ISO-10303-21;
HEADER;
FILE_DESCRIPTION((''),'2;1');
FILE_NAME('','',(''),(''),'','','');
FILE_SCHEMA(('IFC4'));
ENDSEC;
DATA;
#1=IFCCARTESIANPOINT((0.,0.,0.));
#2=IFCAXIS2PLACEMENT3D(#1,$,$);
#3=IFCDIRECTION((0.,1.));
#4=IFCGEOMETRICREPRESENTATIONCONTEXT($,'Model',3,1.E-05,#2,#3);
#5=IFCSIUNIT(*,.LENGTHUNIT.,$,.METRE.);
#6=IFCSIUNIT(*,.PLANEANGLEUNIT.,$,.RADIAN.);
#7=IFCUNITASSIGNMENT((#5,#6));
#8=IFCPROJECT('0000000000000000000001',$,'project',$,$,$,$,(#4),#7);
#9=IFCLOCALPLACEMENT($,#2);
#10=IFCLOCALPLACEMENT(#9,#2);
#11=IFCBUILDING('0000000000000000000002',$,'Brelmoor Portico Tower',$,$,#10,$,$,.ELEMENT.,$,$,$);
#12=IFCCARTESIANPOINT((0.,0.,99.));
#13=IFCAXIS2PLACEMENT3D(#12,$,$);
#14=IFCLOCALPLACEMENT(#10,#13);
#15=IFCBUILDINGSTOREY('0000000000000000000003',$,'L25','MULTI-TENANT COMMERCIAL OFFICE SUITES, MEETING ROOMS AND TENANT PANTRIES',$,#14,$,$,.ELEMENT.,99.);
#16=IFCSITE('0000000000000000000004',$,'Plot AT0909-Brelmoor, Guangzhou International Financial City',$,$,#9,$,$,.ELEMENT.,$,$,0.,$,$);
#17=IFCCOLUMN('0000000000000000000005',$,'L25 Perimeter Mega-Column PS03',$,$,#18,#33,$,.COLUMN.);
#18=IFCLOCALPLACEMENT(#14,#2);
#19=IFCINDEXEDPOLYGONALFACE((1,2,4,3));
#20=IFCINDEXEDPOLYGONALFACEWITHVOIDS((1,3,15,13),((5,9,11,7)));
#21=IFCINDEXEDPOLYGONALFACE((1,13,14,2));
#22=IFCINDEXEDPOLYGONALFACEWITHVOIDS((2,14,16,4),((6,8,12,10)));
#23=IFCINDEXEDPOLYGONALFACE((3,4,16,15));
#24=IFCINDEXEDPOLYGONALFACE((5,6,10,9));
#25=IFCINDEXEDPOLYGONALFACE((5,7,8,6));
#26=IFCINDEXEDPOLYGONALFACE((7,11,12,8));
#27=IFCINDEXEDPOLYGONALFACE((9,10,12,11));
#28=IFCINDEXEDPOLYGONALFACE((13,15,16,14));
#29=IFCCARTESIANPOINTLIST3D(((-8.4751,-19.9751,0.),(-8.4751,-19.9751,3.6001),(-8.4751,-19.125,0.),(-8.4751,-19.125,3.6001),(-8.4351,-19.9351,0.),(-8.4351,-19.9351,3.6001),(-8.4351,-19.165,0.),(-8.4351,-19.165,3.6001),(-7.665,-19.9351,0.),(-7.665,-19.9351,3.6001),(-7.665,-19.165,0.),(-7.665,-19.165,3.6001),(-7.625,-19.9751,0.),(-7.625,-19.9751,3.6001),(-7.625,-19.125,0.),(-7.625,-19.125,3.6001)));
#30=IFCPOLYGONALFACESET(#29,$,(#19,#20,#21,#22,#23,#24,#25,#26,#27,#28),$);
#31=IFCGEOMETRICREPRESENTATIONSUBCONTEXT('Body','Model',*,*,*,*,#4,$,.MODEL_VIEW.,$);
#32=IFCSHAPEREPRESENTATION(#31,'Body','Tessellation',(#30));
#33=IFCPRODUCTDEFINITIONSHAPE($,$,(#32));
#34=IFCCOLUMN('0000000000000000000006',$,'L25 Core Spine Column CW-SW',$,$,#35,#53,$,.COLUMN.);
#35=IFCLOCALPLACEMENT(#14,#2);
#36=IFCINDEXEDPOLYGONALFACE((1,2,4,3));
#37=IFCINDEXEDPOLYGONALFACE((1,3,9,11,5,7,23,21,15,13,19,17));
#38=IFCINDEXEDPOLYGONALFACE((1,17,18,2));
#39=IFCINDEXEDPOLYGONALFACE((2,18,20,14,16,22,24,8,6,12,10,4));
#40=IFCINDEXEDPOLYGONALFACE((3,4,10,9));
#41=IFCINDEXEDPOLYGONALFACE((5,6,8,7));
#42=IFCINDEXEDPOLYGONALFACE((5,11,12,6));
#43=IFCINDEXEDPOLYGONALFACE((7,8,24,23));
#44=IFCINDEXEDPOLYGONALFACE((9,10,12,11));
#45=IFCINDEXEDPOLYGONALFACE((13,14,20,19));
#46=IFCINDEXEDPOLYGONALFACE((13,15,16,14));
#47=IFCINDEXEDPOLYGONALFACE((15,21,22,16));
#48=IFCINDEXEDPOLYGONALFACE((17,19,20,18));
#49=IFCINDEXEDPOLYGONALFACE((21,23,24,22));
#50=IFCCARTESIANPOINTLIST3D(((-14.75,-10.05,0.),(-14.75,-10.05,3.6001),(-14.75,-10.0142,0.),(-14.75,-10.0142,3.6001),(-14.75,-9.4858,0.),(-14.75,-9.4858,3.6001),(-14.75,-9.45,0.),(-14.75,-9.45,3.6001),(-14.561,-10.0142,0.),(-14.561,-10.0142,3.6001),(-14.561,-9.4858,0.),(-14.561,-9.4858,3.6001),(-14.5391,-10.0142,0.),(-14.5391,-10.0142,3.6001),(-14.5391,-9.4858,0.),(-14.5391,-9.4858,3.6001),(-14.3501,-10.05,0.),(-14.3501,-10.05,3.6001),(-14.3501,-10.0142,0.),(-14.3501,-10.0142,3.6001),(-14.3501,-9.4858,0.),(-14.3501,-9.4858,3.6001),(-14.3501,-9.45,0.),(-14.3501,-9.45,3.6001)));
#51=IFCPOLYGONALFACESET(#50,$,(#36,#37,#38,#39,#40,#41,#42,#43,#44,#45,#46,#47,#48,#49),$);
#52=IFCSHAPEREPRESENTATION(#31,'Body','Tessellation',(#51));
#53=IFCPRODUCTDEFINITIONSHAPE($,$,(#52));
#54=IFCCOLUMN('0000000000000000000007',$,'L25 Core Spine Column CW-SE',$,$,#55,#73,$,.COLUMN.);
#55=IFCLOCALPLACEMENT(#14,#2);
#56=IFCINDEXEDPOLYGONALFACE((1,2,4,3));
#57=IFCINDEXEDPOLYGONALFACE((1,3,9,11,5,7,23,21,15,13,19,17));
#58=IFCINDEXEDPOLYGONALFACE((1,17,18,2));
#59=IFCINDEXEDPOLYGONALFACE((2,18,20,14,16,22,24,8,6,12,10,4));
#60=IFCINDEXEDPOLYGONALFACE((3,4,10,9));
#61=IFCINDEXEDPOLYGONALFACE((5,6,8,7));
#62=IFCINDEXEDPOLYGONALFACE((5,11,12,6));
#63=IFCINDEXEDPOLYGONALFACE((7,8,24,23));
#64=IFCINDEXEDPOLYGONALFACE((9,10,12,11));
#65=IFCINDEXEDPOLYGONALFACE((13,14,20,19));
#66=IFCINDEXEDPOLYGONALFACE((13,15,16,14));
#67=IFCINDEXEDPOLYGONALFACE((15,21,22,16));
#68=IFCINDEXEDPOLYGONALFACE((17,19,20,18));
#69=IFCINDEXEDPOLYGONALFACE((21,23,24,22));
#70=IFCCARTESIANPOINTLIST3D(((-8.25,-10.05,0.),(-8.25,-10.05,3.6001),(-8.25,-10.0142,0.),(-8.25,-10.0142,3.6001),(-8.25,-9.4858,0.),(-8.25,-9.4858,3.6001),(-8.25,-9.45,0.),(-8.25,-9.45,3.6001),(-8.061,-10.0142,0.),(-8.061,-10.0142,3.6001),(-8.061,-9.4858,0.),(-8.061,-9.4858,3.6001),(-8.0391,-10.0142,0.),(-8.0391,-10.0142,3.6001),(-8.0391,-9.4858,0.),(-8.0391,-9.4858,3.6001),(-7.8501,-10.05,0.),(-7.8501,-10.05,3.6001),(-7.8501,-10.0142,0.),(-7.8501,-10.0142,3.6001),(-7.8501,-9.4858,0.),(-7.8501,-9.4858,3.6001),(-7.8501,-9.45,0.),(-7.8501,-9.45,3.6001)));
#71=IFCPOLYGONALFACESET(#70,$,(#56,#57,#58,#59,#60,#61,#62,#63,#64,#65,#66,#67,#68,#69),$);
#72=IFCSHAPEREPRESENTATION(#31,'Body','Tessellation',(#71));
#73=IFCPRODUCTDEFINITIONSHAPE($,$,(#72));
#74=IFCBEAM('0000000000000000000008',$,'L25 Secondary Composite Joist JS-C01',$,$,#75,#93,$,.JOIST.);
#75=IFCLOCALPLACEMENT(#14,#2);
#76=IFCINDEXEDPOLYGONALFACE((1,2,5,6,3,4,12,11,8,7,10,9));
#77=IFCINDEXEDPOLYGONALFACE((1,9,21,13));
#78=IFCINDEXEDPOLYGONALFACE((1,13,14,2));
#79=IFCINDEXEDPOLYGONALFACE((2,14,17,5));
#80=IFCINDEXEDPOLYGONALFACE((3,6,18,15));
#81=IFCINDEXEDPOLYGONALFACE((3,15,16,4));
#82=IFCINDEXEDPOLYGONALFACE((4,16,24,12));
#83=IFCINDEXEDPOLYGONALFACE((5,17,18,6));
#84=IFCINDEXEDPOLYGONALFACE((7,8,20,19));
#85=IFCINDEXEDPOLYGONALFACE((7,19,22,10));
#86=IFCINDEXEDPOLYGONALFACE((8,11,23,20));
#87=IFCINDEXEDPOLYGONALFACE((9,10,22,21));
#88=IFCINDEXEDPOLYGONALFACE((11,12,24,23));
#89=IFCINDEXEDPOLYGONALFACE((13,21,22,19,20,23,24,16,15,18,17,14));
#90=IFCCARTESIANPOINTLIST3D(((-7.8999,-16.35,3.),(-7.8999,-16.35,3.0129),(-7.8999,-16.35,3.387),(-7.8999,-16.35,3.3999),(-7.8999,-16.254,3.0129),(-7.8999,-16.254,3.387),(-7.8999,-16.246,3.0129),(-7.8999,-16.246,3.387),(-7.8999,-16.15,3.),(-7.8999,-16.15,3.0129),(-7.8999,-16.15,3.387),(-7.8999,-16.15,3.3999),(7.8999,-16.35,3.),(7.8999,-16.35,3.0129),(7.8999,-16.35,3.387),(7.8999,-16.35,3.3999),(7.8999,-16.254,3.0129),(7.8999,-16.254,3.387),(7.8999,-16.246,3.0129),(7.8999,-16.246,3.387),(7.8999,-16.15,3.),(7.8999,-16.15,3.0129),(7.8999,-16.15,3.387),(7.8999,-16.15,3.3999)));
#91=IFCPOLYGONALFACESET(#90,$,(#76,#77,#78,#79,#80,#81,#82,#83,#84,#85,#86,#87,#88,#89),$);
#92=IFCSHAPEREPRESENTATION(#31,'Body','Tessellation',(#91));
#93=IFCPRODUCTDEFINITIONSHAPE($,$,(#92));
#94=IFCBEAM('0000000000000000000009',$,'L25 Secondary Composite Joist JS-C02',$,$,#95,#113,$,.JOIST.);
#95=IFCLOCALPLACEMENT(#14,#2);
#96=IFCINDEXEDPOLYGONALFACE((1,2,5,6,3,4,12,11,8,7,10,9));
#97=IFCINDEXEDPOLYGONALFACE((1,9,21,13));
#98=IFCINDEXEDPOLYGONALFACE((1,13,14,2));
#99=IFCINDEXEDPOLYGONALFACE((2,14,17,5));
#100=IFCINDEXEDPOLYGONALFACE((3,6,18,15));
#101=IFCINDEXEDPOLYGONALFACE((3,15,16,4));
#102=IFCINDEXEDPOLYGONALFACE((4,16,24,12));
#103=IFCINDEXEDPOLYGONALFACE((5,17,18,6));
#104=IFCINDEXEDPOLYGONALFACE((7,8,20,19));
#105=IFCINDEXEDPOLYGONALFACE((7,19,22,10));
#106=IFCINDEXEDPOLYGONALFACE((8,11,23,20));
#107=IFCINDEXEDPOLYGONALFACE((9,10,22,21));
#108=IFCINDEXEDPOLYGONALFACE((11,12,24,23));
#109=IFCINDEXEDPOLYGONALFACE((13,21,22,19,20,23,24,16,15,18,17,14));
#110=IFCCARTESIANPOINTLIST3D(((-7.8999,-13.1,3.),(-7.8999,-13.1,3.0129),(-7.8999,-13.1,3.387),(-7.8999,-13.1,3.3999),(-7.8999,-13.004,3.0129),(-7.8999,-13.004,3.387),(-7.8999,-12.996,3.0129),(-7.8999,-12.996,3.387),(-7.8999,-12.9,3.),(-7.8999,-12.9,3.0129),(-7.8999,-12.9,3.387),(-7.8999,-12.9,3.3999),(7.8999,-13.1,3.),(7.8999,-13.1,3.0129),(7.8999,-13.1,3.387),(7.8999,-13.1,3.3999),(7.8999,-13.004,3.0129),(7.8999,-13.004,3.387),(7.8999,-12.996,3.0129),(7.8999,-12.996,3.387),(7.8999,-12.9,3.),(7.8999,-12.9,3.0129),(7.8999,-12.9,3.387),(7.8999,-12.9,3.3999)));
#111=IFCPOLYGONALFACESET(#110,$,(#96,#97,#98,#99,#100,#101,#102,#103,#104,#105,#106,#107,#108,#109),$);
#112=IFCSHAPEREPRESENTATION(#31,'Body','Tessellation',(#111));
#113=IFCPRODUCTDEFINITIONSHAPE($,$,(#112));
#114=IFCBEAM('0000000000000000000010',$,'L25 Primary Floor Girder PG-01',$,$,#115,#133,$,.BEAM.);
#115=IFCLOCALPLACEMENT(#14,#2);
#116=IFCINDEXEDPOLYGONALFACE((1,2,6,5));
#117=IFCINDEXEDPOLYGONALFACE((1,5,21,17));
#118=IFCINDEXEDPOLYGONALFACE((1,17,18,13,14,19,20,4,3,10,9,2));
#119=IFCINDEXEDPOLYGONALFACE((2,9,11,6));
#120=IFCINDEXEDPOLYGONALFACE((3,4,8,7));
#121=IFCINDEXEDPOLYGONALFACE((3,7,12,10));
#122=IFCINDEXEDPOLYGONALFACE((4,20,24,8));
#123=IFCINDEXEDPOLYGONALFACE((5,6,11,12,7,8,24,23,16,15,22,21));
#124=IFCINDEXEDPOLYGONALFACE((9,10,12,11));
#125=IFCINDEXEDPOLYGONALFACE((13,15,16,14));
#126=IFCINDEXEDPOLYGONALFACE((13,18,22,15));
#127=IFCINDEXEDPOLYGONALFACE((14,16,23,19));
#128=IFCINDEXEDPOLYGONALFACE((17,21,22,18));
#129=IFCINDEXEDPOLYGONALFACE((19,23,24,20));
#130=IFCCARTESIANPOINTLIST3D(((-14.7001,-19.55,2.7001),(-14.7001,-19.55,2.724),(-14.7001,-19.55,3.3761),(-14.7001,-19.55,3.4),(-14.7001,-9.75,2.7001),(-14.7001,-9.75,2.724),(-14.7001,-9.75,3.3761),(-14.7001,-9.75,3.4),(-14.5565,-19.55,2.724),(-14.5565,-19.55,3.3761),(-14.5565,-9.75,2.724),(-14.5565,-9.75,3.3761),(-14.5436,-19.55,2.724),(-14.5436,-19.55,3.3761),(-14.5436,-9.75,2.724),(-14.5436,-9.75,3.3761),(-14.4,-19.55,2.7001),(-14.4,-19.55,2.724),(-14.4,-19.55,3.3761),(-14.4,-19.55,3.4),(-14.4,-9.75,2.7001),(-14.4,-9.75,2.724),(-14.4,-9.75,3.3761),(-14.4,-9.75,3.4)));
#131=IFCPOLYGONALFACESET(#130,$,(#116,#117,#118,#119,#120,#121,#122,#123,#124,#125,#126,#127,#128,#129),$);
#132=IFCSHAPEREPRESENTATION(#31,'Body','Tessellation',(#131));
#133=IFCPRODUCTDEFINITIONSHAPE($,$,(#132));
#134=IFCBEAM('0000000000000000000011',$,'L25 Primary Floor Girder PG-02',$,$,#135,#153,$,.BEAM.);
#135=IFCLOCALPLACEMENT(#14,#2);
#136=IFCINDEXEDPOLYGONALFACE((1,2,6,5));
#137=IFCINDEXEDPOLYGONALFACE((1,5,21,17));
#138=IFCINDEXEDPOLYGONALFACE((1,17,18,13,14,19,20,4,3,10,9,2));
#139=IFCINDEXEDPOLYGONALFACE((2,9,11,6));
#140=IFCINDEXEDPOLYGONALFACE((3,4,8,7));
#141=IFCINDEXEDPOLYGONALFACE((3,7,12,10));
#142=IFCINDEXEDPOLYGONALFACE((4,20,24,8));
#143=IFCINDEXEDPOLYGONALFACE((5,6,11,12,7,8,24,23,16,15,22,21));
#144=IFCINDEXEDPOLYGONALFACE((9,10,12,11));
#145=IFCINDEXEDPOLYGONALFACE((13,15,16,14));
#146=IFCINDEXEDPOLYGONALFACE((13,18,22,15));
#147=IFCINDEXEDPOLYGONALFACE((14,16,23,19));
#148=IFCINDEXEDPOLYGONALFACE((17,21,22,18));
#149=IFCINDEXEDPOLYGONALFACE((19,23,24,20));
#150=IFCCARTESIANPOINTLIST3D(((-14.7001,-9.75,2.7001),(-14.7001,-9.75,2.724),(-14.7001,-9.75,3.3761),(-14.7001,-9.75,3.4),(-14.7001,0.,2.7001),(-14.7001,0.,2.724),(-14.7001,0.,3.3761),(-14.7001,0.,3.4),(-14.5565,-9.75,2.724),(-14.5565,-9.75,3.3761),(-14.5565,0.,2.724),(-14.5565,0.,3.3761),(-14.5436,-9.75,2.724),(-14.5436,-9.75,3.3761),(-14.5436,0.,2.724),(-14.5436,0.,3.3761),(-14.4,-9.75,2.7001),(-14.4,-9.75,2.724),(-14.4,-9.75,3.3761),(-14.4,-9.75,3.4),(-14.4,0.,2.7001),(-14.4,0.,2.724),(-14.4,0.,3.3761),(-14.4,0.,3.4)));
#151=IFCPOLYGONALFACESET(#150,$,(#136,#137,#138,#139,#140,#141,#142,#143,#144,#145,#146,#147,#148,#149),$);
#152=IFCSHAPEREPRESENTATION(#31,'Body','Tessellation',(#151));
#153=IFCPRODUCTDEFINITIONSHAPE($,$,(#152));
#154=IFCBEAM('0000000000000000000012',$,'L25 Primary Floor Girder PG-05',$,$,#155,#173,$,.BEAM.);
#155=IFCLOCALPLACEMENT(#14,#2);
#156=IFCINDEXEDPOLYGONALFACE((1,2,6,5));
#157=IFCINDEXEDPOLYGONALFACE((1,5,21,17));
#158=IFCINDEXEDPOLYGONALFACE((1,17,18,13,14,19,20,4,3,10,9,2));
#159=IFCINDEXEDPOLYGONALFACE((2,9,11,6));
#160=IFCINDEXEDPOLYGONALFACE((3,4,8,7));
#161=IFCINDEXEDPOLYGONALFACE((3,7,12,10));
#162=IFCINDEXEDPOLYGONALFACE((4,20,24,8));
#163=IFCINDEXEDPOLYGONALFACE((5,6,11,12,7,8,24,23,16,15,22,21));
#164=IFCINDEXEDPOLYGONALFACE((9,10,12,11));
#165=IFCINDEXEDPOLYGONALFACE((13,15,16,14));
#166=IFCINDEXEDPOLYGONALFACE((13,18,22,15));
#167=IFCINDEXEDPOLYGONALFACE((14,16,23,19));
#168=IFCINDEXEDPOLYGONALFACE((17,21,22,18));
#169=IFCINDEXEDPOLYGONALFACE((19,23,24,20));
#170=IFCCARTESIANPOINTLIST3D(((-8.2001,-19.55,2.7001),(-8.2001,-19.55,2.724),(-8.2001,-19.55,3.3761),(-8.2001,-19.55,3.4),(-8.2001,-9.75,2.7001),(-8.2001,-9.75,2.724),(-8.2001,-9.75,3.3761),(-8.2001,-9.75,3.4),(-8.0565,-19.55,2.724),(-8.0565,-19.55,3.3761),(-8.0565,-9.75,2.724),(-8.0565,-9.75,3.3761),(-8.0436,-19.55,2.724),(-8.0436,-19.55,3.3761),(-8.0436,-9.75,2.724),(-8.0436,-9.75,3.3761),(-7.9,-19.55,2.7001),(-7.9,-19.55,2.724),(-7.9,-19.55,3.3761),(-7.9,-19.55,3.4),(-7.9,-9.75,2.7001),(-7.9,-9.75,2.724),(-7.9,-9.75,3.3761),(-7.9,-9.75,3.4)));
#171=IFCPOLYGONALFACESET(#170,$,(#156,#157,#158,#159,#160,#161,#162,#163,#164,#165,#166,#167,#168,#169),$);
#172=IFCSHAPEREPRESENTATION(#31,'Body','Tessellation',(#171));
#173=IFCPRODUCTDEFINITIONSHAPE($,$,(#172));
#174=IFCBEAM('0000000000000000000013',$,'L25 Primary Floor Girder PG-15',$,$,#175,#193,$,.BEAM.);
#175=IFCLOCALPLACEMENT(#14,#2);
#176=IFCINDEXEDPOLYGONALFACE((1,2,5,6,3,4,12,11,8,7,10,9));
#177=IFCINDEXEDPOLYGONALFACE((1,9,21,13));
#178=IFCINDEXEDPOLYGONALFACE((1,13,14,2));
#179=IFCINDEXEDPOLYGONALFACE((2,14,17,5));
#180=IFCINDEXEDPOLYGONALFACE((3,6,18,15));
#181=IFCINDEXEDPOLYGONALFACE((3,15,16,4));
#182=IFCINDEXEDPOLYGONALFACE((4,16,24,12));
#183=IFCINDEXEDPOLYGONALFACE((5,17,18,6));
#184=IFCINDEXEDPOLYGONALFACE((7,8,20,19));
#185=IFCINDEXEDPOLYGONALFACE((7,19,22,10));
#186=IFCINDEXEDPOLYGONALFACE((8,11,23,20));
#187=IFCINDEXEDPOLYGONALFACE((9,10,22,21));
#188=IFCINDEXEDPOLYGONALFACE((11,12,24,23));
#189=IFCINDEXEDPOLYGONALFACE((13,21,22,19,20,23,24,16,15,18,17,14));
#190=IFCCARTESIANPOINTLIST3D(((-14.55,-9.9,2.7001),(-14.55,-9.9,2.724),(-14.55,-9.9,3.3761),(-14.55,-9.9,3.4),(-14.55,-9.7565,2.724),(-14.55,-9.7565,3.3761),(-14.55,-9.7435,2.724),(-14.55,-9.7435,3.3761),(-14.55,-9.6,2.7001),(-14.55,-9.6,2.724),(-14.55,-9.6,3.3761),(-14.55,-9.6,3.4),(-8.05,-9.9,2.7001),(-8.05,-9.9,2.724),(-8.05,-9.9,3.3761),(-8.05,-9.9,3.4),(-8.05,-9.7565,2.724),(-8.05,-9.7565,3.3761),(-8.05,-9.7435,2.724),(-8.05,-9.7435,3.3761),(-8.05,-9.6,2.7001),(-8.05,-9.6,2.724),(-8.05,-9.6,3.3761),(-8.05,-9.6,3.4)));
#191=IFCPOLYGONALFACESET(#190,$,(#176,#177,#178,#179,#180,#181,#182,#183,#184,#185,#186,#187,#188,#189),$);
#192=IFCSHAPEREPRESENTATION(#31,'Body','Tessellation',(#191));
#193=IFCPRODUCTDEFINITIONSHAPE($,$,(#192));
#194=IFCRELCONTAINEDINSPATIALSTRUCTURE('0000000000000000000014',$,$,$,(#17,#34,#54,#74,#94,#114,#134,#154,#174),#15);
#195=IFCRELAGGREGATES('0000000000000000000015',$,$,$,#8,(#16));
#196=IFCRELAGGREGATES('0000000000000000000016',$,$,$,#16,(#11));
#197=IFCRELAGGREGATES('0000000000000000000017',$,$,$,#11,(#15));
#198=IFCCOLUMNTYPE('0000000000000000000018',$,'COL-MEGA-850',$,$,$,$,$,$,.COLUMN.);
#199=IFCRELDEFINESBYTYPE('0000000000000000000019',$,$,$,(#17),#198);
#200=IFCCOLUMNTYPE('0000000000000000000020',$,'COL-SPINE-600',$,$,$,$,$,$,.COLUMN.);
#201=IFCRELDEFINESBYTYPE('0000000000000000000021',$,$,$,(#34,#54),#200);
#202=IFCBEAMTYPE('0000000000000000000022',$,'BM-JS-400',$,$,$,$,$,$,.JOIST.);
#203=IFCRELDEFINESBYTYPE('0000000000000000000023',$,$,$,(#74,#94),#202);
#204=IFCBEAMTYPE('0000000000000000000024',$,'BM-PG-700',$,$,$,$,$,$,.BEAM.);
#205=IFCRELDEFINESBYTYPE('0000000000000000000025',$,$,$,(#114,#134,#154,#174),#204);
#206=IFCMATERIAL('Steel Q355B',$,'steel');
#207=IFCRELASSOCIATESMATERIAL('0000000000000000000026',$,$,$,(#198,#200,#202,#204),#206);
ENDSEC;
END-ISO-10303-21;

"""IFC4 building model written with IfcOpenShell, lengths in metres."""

from ifc_helpers import new_model, si_unit, direction, frame, origin, origin_2d, place, context, subcontext, project, spatial, hollow_rectangle, i_section, extrude, material, material_profile, profile_set, type_object, element, save


model = new_model("IFC4")

# Units and contexts
model_context = context("Model", 3, precision=1e-05, world=origin(), true_north=direction((0.0, 1.0)))
body_context = subcontext(model_context, "Body", "Model", "MODEL_VIEW")
ifc_project = project(units=[si_unit("LENGTHUNIT", "METRE"), si_unit("PLANEANGLEUNIT", "RADIAN")], contexts=[model_context])

# Site, building, storey
site_placement = place(None, origin())
site = spatial("IfcSite", under=ifc_project, at=site_placement, Name="Plot AT0909-Brelmoor, Guangzhou International Financial City", CompositionType="ELEMENT", RefElevation=0.0)
building_placement = place(site_placement, origin())
building = spatial("IfcBuilding", under=site, at=building_placement, Name="Brelmoor Portico Tower", CompositionType="ELEMENT")
storey_placement = place(building_placement, frame((0.0, 0.0, 99.0)))
storey = spatial("IfcBuildingStorey", under=building, at=storey_placement, Name="L25", Description="MULTI-TENANT COMMERCIAL OFFICE SUITES, MEETING ROOMS AND TENANT PANTRIES", CompositionType="ELEMENT", Elevation=99.0)

# Columns
ifc_material_1 = material(Name="Steel Q355B", Category="steel")
ifc_material_profile_1 = material_profile(ifc_material_1, hollow_rectangle(XDim=0.8501, YDim=0.8501, WallThickness=0.04, at=origin_2d()), Name="BOX 850x850x40")
ifc_profile_set_1 = profile_set([ifc_material_profile_1], Name="Steel Q355B")
column_type_1 = type_object("IfcColumnType", Name="COL-MEGA-850", PredefinedType="COLUMN", material=ifc_profile_set_1)
column_placement = place(storey_placement, frame((-8.05, -19.55, 0.0), z_axis=(0.0, 0.0, 1.0), x_axis=(1.0, 0.0, 0.0)))
element("IfcColumn", 1, at=column_placement, inside=storey, type_object=column_type_1, Name="L25 Perimeter Mega-Column PS03", PredefinedType="COLUMN", context=body_context, shape_type="SweptSolid", body=[
    extrude(hollow_rectangle(XDim=0.8501, YDim=0.8501, WallThickness=0.04, at=origin_2d()), origin(), (0.0, 0.0, 1.0), 3.6001),
])
ifc_material_profile_2 = material_profile(ifc_material_1, i_section(OverallWidth=0.3999, OverallDepth=0.6001, WebThickness=0.022, FlangeThickness=0.0359, at=origin_2d()), Name="HW 600x400x22x36")
ifc_profile_set_2 = profile_set([ifc_material_profile_2], Name="Steel Q355B")
column_type_2 = type_object("IfcColumnType", Name="COL-SPINE-600", PredefinedType="COLUMN", material=ifc_profile_set_2)
for number, where, z_axis, x_axis, name in (
    (2, (-14.55, -9.75, 0.0), (0.0, 0.0, 1.0), (1.0, 0.0, 0.0), "L25 Core Spine Column CW-SW"),
    (3, (-8.05, -9.75, 0.0), (0.0, 0.0, 1.0), (1.0, 0.0, 0.0), "L25 Core Spine Column CW-SE"),
):
    element("IfcColumn", number, at=place(storey_placement, frame(where, z_axis=z_axis, x_axis=x_axis)), inside=storey, type_object=column_type_2, Name=name, PredefinedType="COLUMN", context=body_context, shape_type="SweptSolid", body=[
        extrude(i_section(OverallWidth=0.3999, OverallDepth=0.6001, WebThickness=0.022, FlangeThickness=0.0359, at=origin_2d()), origin(), (0.0, 0.0, 1.0), 3.6001),
    ])

# Beams
ifc_material_profile_3 = material_profile(ifc_material_1, i_section(OverallWidth=0.2, OverallDepth=0.3999, WebThickness=0.0081, FlangeThickness=0.0129, at=origin_2d()), Name="HN 400x200x8x13")
ifc_profile_set_3 = profile_set([ifc_material_profile_3], Name="Steel Q355B")
beam_type_1 = type_object("IfcBeamType", Name="BM-JS-400", PredefinedType="JOIST", material=ifc_profile_set_3)
for number, where, z_axis, x_axis, name in (
    (4, (-7.8999, -16.25, 3.2), (1.0, 0.0, 0.0), (0.0, 1.0, 0.0), "L25 Secondary Composite Joist JS-C01"),
    (5, (-7.8999, -13.0, 3.2), (1.0, 0.0, 0.0), (0.0, 1.0, 0.0), "L25 Secondary Composite Joist JS-C02"),
):
    element("IfcBeam", number, at=place(storey_placement, frame(where, z_axis=z_axis, x_axis=x_axis)), inside=storey, type_object=beam_type_1, Name=name, PredefinedType="JOIST", context=body_context, shape_type="SweptSolid", body=[
        extrude(i_section(OverallWidth=0.2, OverallDepth=0.3999, WebThickness=0.0081, FlangeThickness=0.0129, at=origin_2d()), origin(), (0.0, 0.0, 1.0), 15.7998),
    ])
ifc_material_profile_4 = material_profile(ifc_material_1, i_section(OverallWidth=0.3, OverallDepth=0.7, WebThickness=0.0129, FlangeThickness=0.0239, at=origin_2d()), Name="HN 700x300x13x24")
ifc_profile_set_4 = profile_set([ifc_material_profile_4], Name="Steel Q355B")
beam_type_2 = type_object("IfcBeamType", Name="BM-PG-700", PredefinedType="BEAM", material=ifc_profile_set_4)
beam_1_placement = place(storey_placement, frame((-14.55, -19.55, 3.05), z_axis=(0.0, 1.0, 0.0), x_axis=(-1.0, 0.0, 0.0)))
element("IfcBeam", 6, at=beam_1_placement, inside=storey, type_object=beam_type_2, Name="L25 Primary Floor Girder PG-01", PredefinedType="BEAM", context=body_context, shape_type="SweptSolid", body=[
    extrude(i_section(OverallWidth=0.3, OverallDepth=0.7, WebThickness=0.0129, FlangeThickness=0.0239, at=origin_2d()), origin(), (0.0, 0.0, 1.0), 9.8),
])
beam_2_placement = place(storey_placement, frame((-14.55, -9.75, 3.05), z_axis=(0.0, 1.0, 0.0), x_axis=(-1.0, 0.0, 0.0)))
element("IfcBeam", 7, at=beam_2_placement, inside=storey, type_object=beam_type_2, Name="L25 Primary Floor Girder PG-02", PredefinedType="BEAM", context=body_context, shape_type="SweptSolid", body=[
    extrude(i_section(OverallWidth=0.3, OverallDepth=0.7, WebThickness=0.0129, FlangeThickness=0.0239, at=origin_2d()), origin(), (0.0, 0.0, 1.0), 9.75),
])
beam_3_placement = place(storey_placement, frame((-8.05, -19.55, 3.05), z_axis=(0.0, 1.0, 0.0), x_axis=(-1.0, 0.0, 0.0)))
element("IfcBeam", 8, at=beam_3_placement, inside=storey, type_object=beam_type_2, Name="L25 Primary Floor Girder PG-05", PredefinedType="BEAM", context=body_context, shape_type="SweptSolid", body=[
    extrude(i_section(OverallWidth=0.3, OverallDepth=0.7, WebThickness=0.0129, FlangeThickness=0.0239, at=origin_2d()), origin(), (0.0, 0.0, 1.0), 9.8),
])
beam_4_placement = place(storey_placement, frame((-14.55, -9.75, 3.05), z_axis=(1.0, 0.0, 0.0), x_axis=(0.0, 1.0, 0.0)))
element("IfcBeam", 9, at=beam_4_placement, inside=storey, type_object=beam_type_2, Name="L25 Primary Floor Girder PG-15", PredefinedType="BEAM", context=body_context, shape_type="SweptSolid", body=[
    extrude(i_section(OverallWidth=0.3, OverallDepth=0.7, WebThickness=0.0129, FlangeThickness=0.0239, at=origin_2d()), origin(), (0.0, 0.0, 1.0), 6.5),
])

save(model, "model.ifc")
